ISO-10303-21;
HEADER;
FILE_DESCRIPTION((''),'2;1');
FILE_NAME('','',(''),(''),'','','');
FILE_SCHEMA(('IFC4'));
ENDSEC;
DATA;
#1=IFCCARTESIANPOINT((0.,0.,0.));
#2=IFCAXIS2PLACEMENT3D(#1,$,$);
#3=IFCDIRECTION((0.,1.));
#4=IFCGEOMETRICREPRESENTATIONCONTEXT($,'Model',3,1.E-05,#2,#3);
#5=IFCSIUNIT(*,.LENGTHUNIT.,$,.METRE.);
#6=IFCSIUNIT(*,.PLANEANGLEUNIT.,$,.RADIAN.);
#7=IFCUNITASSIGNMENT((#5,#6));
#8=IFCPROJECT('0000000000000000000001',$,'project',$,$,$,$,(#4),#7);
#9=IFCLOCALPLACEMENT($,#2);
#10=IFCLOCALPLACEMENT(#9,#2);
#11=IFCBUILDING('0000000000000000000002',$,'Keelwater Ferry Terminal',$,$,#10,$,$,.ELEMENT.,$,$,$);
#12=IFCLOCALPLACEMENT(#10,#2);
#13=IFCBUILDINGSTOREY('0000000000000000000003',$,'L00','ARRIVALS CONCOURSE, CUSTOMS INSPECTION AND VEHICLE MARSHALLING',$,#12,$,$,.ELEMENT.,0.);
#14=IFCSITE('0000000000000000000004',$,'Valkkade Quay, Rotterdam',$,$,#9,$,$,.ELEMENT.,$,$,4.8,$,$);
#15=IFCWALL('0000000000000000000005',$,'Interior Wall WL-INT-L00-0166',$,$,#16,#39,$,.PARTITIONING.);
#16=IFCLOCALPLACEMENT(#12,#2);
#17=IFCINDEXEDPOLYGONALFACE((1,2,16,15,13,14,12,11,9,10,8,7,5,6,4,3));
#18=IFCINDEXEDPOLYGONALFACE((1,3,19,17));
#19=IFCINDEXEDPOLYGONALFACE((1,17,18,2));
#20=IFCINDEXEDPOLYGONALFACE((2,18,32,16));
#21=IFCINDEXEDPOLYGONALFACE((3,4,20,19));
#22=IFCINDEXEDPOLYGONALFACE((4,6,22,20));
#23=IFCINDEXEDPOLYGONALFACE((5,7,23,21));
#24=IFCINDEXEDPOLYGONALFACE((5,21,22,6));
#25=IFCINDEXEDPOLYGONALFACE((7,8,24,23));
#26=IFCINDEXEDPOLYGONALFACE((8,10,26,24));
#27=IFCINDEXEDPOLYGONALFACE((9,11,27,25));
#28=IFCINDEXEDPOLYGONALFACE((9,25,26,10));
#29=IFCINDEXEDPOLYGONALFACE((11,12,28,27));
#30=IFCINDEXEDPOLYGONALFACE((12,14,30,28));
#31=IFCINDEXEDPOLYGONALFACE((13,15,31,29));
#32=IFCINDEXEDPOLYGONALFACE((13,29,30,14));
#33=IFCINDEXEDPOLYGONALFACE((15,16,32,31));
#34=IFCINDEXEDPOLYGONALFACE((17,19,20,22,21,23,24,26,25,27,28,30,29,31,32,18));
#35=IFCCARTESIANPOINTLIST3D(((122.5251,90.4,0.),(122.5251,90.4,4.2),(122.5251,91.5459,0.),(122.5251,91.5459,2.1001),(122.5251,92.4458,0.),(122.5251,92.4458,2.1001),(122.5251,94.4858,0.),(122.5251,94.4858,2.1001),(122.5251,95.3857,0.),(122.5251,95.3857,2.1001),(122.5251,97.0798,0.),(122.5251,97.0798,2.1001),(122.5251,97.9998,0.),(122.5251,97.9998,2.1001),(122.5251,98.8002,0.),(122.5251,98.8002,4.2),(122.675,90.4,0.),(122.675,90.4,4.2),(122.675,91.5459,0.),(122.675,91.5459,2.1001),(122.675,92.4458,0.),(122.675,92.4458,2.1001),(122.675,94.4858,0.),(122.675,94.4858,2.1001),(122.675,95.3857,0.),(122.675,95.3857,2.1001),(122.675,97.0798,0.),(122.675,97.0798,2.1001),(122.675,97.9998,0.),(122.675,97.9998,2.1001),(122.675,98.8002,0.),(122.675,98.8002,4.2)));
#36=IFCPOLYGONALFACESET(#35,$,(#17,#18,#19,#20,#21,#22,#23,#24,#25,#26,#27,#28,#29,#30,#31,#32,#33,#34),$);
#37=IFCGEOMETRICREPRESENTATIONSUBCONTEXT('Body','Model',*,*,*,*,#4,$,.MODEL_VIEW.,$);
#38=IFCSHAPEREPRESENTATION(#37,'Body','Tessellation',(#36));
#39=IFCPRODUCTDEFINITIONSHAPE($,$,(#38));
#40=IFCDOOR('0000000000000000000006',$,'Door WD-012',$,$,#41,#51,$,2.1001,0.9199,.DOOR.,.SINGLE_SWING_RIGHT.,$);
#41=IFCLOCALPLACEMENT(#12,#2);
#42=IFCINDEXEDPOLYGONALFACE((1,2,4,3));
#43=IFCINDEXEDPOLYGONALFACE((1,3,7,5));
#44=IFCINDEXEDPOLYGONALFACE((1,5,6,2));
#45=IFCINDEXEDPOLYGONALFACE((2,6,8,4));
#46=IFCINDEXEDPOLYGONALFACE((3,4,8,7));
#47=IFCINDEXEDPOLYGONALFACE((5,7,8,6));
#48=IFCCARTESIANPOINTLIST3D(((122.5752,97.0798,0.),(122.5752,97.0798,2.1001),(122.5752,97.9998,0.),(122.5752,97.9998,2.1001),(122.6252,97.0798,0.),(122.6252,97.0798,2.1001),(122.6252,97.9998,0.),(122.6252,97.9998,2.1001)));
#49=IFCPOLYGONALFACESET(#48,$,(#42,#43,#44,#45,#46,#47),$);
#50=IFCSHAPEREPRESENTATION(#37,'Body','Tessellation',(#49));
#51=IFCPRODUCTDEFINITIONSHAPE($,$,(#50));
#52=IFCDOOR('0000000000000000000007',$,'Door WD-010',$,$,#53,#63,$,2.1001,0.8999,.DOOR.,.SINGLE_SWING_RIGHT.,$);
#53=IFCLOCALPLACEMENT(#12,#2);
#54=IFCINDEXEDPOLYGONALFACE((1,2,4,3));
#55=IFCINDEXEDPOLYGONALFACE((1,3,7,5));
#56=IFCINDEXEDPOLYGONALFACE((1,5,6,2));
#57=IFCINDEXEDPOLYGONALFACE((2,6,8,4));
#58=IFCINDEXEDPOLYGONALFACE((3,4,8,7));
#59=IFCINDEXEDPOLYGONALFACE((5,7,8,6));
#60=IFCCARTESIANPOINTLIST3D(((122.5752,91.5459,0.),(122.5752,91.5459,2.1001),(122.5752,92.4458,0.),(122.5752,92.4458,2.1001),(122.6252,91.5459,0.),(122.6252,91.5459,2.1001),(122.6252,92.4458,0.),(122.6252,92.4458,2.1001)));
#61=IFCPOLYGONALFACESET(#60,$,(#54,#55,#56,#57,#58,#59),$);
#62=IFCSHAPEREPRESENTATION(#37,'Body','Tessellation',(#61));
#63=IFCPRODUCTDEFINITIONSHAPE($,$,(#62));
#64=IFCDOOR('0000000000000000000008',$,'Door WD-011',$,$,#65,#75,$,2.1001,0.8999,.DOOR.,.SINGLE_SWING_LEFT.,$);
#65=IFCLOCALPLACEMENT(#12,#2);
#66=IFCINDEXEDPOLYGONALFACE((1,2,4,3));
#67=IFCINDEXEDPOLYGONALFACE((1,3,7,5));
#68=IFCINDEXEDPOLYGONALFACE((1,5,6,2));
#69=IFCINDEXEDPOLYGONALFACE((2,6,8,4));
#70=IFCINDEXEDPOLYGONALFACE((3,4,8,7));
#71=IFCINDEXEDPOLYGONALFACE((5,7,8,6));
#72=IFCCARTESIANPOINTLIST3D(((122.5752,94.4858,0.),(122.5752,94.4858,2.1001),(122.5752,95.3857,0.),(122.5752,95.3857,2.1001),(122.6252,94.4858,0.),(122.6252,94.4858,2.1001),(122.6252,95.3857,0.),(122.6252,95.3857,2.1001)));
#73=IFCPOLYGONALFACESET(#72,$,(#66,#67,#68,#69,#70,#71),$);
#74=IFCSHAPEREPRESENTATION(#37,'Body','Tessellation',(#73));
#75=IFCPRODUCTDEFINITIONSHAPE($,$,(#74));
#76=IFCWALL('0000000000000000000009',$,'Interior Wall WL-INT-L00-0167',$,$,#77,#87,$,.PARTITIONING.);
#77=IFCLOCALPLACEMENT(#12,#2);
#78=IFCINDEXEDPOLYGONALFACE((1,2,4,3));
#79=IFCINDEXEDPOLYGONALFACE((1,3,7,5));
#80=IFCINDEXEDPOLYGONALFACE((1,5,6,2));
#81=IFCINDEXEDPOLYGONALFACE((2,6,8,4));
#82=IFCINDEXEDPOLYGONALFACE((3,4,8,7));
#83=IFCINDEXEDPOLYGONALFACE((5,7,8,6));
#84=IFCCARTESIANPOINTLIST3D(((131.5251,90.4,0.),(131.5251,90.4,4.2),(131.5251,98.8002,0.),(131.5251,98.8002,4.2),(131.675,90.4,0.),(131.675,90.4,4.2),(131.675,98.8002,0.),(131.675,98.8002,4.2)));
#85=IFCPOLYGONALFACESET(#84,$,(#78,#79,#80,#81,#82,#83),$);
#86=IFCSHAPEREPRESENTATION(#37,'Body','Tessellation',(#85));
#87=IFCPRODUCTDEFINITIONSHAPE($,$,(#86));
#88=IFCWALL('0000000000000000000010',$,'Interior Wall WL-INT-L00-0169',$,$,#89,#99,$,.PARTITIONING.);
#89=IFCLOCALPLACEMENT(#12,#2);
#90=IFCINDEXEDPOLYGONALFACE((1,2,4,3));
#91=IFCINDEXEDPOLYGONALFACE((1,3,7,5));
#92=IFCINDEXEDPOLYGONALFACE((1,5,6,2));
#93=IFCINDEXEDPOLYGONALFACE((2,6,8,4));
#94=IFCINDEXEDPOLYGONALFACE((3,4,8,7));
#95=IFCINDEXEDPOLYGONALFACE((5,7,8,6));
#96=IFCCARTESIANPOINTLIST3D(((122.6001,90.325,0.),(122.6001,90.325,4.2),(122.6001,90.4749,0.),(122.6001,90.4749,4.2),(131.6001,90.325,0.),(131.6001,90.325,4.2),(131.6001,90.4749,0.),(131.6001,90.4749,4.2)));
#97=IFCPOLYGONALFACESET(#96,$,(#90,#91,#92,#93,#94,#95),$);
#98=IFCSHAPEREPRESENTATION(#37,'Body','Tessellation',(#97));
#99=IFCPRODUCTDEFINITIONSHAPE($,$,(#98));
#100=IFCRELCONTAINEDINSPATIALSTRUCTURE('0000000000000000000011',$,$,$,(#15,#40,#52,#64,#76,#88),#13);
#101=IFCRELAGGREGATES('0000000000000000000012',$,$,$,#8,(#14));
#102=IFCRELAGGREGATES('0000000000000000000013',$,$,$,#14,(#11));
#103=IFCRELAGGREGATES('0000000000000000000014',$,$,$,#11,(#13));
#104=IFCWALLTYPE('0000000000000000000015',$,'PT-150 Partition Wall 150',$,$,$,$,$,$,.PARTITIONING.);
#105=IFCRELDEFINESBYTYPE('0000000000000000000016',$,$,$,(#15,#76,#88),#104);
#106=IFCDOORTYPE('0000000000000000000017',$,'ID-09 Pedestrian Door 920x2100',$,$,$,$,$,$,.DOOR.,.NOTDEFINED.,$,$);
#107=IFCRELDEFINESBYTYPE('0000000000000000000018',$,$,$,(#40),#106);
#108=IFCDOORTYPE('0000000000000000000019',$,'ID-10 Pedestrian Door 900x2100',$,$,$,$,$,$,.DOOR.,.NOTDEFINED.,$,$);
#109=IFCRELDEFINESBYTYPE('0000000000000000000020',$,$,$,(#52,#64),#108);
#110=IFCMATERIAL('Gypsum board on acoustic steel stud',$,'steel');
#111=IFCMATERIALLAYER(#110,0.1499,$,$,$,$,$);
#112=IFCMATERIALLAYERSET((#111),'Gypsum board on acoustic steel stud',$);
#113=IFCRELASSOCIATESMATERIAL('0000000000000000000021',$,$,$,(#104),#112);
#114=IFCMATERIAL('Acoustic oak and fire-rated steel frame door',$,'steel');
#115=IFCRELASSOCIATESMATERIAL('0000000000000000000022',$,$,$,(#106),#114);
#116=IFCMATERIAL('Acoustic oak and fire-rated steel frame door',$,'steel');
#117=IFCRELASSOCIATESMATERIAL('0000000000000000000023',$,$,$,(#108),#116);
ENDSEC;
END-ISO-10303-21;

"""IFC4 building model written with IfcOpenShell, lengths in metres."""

from ifc_helpers import new_model, si_unit, direction, frame, frame_2d, origin, place, context, subcontext, project, spatial, rectangle, extrude, material, layer, layer_set, type_object, element, fill, save


model = new_model("IFC4")

# Units and contexts
model_context = context("Model", 3, precision=1e-05, world=origin(), true_north=direction((0.0, 1.0)))
body_context = subcontext(model_context, "Body", "Model", "MODEL_VIEW")
ifc_project = project(units=[si_unit("LENGTHUNIT", "METRE"), si_unit("PLANEANGLEUNIT", "RADIAN")], contexts=[model_context])

# Site, building, storey
site_placement = place(None, origin())
site = spatial("IfcSite", under=ifc_project, at=site_placement, Name="Valkkade Quay, Rotterdam", CompositionType="ELEMENT", RefElevation=4.8)
building_placement = place(site_placement, origin())
building = spatial("IfcBuilding", under=site, at=building_placement, Name="Keelwater Ferry Terminal", CompositionType="ELEMENT")
storey_placement = place(building_placement, origin())
storey = spatial("IfcBuildingStorey", under=building, at=storey_placement, Name="L00", Description="ARRIVALS CONCOURSE, CUSTOMS INSPECTION AND VEHICLE MARSHALLING", CompositionType="ELEMENT", Elevation=0.0)

# Wall, openings, doors
ifc_material_1 = material(Name="Gypsum board on acoustic steel stud", Category="steel")
ifc_layer_1 = layer(ifc_material_1, 0.1499)
ifc_layer_set_1 = layer_set([ifc_layer_1], Name="Gypsum board on acoustic steel stud")
wall_type = type_object("IfcWallType", Name="PT-150 Partition Wall 150", PredefinedType="PARTITIONING", material=ifc_layer_set_1)
wall_1_placement = place(storey_placement, frame((122.6001, 90.3999, 0.0), z_axis=(0.0, 0.0, 1.0), x_axis=(0.0, 1.0, 0.0)))
wall_1 = element("IfcWall", 1, at=wall_1_placement, inside=storey, type_object=wall_type, Name="Interior Wall WL-INT-L00-0166", PredefinedType="PARTITIONING", context=body_context, shape_type="SweptSolid", body=[
    extrude(rectangle(XDim=8.4001, YDim=0.1499, at=frame_2d((4.2002, 0.0))), origin(), (0.0, 0.0, 1.0), 4.2),
])
opening_1_placement = place(wall_1_placement, frame((1.146, 0.0, 0.0)))
opening_1 = element("IfcOpeningElement", 2, at=opening_1_placement, cuts=wall_1, PredefinedType="OPENING", context=body_context, shape_type="SweptSolid", body=[
    extrude(rectangle(XDim=0.8999, YDim=2.1001, at=frame_2d((0.45, 1.05))), frame((0.0, 0.085, 0.0), z_axis=(0.0, -1.0, 0.0), x_axis=(1.0, 0.0, 0.0)), (0.0, 0.0, 1.0), 0.1699),
])
opening_2_placement = place(wall_1_placement, frame((4.0859, 0.0, 0.0)))
opening_2 = element("IfcOpeningElement", 3, at=opening_2_placement, cuts=wall_1, PredefinedType="OPENING", context=body_context, shape_type="SweptSolid", body=[
    extrude(rectangle(XDim=0.8999, YDim=2.1001, at=frame_2d((0.45, 1.05))), frame((0.0, 0.085, 0.0), z_axis=(0.0, -1.0, 0.0), x_axis=(1.0, 0.0, 0.0)), (0.0, 0.0, 1.0), 0.1699),
])
opening_3_placement = place(wall_1_placement, frame((6.6799, 0.0, 0.0)))
opening_3 = element("IfcOpeningElement", 4, at=opening_3_placement, cuts=wall_1, PredefinedType="OPENING", context=body_context, shape_type="SweptSolid", body=[
    extrude(rectangle(XDim=0.9199, YDim=2.1001, at=frame_2d((0.46, 1.05))), frame((0.0, 0.085, 0.0), z_axis=(0.0, -1.0, 0.0), x_axis=(1.0, 0.0, 0.0)), (0.0, 0.0, 1.0), 0.1699),
])
ifc_material_2 = material(Name="Acoustic oak and fire-rated steel frame door", Category="steel")
door_type_1 = type_object("IfcDoorType", Name="ID-09 Pedestrian Door 920x2100", OperationType="NOTDEFINED", PredefinedType="DOOR", material=ifc_material_2)
door_1_placement = place(opening_3_placement, origin())
door_1 = element("IfcDoor", 5, at=door_1_placement, inside=storey, type_object=door_type_1, Name="Door WD-012", OperationType="SINGLE_SWING_RIGHT", OverallHeight=2.1001, OverallWidth=0.9199, PredefinedType="DOOR", context=body_context, shape_type="SweptSolid", body=[
    extrude(rectangle(XDim=0.9199, YDim=2.1001, at=frame_2d((0.46, 1.05))), frame((0.0, 0.0249, 0.0), z_axis=(0.0, -1.0, 0.0), x_axis=(1.0, 0.0, 0.0)), (0.0, 0.0, 1.0), 0.05),
])
fill(opening_3, door_1)
ifc_material_3 = material(Name="Acoustic oak and fire-rated steel frame door", Category="steel")
door_type_2 = type_object("IfcDoorType", Name="ID-10 Pedestrian Door 900x2100", OperationType="NOTDEFINED", PredefinedType="DOOR", material=ifc_material_3)
door_2_placement = place(opening_1_placement, origin())
door_2 = element("IfcDoor", 6, at=door_2_placement, inside=storey, type_object=door_type_2, Name="Door WD-010", OperationType="SINGLE_SWING_RIGHT", OverallHeight=2.1001, OverallWidth=0.8999, PredefinedType="DOOR", context=body_context, shape_type="SweptSolid", body=[
    extrude(rectangle(XDim=0.8999, YDim=2.1001, at=frame_2d((0.45, 1.05))), frame((0.0, 0.0249, 0.0), z_axis=(0.0, -1.0, 0.0), x_axis=(1.0, 0.0, 0.0)), (0.0, 0.0, 1.0), 0.05),
])
fill(opening_1, door_2)
door_3_placement = place(opening_2_placement, origin())
door_3 = element("IfcDoor", 7, at=door_3_placement, inside=storey, type_object=door_type_2, Name="Door WD-011", OperationType="SINGLE_SWING_LEFT", OverallHeight=2.1001, OverallWidth=0.8999, PredefinedType="DOOR", context=body_context, shape_type="SweptSolid", body=[
    extrude(rectangle(XDim=0.8999, YDim=2.1001, at=frame_2d((0.45, 1.05))), frame((0.0, 0.0249, 0.0), z_axis=(0.0, -1.0, 0.0), x_axis=(1.0, 0.0, 0.0)), (0.0, 0.0, 1.0), 0.05),
])
fill(opening_2, door_3)

# Walls
wall_2_placement = place(storey_placement, frame((131.6001, 90.3999, 0.0), z_axis=(0.0, 0.0, 1.0), x_axis=(0.0, 1.0, 0.0)))
element("IfcWall", 8, at=wall_2_placement, inside=storey, type_object=wall_type, Name="Interior Wall WL-INT-L00-0167", PredefinedType="PARTITIONING", context=body_context, shape_type="SweptSolid", body=[
    extrude(rectangle(XDim=8.4001, YDim=0.1499, at=frame_2d((4.2002, 0.0))), origin(), (0.0, 0.0, 1.0), 4.2),
])
wall_3_placement = place(storey_placement, frame((122.6001, 90.3999, 0.0), z_axis=(0.0, 0.0, 1.0), x_axis=(1.0, 0.0, 0.0)))
element("IfcWall", 9, at=wall_3_placement, inside=storey, type_object=wall_type, Name="Interior Wall WL-INT-L00-0169", PredefinedType="PARTITIONING", context=body_context, shape_type="SweptSolid", body=[
    extrude(rectangle(XDim=9.0, YDim=0.1499, at=frame_2d((4.5, 0.0))), origin(), (0.0, 0.0, 1.0), 4.2),
])

save(model, "model.ifc")
